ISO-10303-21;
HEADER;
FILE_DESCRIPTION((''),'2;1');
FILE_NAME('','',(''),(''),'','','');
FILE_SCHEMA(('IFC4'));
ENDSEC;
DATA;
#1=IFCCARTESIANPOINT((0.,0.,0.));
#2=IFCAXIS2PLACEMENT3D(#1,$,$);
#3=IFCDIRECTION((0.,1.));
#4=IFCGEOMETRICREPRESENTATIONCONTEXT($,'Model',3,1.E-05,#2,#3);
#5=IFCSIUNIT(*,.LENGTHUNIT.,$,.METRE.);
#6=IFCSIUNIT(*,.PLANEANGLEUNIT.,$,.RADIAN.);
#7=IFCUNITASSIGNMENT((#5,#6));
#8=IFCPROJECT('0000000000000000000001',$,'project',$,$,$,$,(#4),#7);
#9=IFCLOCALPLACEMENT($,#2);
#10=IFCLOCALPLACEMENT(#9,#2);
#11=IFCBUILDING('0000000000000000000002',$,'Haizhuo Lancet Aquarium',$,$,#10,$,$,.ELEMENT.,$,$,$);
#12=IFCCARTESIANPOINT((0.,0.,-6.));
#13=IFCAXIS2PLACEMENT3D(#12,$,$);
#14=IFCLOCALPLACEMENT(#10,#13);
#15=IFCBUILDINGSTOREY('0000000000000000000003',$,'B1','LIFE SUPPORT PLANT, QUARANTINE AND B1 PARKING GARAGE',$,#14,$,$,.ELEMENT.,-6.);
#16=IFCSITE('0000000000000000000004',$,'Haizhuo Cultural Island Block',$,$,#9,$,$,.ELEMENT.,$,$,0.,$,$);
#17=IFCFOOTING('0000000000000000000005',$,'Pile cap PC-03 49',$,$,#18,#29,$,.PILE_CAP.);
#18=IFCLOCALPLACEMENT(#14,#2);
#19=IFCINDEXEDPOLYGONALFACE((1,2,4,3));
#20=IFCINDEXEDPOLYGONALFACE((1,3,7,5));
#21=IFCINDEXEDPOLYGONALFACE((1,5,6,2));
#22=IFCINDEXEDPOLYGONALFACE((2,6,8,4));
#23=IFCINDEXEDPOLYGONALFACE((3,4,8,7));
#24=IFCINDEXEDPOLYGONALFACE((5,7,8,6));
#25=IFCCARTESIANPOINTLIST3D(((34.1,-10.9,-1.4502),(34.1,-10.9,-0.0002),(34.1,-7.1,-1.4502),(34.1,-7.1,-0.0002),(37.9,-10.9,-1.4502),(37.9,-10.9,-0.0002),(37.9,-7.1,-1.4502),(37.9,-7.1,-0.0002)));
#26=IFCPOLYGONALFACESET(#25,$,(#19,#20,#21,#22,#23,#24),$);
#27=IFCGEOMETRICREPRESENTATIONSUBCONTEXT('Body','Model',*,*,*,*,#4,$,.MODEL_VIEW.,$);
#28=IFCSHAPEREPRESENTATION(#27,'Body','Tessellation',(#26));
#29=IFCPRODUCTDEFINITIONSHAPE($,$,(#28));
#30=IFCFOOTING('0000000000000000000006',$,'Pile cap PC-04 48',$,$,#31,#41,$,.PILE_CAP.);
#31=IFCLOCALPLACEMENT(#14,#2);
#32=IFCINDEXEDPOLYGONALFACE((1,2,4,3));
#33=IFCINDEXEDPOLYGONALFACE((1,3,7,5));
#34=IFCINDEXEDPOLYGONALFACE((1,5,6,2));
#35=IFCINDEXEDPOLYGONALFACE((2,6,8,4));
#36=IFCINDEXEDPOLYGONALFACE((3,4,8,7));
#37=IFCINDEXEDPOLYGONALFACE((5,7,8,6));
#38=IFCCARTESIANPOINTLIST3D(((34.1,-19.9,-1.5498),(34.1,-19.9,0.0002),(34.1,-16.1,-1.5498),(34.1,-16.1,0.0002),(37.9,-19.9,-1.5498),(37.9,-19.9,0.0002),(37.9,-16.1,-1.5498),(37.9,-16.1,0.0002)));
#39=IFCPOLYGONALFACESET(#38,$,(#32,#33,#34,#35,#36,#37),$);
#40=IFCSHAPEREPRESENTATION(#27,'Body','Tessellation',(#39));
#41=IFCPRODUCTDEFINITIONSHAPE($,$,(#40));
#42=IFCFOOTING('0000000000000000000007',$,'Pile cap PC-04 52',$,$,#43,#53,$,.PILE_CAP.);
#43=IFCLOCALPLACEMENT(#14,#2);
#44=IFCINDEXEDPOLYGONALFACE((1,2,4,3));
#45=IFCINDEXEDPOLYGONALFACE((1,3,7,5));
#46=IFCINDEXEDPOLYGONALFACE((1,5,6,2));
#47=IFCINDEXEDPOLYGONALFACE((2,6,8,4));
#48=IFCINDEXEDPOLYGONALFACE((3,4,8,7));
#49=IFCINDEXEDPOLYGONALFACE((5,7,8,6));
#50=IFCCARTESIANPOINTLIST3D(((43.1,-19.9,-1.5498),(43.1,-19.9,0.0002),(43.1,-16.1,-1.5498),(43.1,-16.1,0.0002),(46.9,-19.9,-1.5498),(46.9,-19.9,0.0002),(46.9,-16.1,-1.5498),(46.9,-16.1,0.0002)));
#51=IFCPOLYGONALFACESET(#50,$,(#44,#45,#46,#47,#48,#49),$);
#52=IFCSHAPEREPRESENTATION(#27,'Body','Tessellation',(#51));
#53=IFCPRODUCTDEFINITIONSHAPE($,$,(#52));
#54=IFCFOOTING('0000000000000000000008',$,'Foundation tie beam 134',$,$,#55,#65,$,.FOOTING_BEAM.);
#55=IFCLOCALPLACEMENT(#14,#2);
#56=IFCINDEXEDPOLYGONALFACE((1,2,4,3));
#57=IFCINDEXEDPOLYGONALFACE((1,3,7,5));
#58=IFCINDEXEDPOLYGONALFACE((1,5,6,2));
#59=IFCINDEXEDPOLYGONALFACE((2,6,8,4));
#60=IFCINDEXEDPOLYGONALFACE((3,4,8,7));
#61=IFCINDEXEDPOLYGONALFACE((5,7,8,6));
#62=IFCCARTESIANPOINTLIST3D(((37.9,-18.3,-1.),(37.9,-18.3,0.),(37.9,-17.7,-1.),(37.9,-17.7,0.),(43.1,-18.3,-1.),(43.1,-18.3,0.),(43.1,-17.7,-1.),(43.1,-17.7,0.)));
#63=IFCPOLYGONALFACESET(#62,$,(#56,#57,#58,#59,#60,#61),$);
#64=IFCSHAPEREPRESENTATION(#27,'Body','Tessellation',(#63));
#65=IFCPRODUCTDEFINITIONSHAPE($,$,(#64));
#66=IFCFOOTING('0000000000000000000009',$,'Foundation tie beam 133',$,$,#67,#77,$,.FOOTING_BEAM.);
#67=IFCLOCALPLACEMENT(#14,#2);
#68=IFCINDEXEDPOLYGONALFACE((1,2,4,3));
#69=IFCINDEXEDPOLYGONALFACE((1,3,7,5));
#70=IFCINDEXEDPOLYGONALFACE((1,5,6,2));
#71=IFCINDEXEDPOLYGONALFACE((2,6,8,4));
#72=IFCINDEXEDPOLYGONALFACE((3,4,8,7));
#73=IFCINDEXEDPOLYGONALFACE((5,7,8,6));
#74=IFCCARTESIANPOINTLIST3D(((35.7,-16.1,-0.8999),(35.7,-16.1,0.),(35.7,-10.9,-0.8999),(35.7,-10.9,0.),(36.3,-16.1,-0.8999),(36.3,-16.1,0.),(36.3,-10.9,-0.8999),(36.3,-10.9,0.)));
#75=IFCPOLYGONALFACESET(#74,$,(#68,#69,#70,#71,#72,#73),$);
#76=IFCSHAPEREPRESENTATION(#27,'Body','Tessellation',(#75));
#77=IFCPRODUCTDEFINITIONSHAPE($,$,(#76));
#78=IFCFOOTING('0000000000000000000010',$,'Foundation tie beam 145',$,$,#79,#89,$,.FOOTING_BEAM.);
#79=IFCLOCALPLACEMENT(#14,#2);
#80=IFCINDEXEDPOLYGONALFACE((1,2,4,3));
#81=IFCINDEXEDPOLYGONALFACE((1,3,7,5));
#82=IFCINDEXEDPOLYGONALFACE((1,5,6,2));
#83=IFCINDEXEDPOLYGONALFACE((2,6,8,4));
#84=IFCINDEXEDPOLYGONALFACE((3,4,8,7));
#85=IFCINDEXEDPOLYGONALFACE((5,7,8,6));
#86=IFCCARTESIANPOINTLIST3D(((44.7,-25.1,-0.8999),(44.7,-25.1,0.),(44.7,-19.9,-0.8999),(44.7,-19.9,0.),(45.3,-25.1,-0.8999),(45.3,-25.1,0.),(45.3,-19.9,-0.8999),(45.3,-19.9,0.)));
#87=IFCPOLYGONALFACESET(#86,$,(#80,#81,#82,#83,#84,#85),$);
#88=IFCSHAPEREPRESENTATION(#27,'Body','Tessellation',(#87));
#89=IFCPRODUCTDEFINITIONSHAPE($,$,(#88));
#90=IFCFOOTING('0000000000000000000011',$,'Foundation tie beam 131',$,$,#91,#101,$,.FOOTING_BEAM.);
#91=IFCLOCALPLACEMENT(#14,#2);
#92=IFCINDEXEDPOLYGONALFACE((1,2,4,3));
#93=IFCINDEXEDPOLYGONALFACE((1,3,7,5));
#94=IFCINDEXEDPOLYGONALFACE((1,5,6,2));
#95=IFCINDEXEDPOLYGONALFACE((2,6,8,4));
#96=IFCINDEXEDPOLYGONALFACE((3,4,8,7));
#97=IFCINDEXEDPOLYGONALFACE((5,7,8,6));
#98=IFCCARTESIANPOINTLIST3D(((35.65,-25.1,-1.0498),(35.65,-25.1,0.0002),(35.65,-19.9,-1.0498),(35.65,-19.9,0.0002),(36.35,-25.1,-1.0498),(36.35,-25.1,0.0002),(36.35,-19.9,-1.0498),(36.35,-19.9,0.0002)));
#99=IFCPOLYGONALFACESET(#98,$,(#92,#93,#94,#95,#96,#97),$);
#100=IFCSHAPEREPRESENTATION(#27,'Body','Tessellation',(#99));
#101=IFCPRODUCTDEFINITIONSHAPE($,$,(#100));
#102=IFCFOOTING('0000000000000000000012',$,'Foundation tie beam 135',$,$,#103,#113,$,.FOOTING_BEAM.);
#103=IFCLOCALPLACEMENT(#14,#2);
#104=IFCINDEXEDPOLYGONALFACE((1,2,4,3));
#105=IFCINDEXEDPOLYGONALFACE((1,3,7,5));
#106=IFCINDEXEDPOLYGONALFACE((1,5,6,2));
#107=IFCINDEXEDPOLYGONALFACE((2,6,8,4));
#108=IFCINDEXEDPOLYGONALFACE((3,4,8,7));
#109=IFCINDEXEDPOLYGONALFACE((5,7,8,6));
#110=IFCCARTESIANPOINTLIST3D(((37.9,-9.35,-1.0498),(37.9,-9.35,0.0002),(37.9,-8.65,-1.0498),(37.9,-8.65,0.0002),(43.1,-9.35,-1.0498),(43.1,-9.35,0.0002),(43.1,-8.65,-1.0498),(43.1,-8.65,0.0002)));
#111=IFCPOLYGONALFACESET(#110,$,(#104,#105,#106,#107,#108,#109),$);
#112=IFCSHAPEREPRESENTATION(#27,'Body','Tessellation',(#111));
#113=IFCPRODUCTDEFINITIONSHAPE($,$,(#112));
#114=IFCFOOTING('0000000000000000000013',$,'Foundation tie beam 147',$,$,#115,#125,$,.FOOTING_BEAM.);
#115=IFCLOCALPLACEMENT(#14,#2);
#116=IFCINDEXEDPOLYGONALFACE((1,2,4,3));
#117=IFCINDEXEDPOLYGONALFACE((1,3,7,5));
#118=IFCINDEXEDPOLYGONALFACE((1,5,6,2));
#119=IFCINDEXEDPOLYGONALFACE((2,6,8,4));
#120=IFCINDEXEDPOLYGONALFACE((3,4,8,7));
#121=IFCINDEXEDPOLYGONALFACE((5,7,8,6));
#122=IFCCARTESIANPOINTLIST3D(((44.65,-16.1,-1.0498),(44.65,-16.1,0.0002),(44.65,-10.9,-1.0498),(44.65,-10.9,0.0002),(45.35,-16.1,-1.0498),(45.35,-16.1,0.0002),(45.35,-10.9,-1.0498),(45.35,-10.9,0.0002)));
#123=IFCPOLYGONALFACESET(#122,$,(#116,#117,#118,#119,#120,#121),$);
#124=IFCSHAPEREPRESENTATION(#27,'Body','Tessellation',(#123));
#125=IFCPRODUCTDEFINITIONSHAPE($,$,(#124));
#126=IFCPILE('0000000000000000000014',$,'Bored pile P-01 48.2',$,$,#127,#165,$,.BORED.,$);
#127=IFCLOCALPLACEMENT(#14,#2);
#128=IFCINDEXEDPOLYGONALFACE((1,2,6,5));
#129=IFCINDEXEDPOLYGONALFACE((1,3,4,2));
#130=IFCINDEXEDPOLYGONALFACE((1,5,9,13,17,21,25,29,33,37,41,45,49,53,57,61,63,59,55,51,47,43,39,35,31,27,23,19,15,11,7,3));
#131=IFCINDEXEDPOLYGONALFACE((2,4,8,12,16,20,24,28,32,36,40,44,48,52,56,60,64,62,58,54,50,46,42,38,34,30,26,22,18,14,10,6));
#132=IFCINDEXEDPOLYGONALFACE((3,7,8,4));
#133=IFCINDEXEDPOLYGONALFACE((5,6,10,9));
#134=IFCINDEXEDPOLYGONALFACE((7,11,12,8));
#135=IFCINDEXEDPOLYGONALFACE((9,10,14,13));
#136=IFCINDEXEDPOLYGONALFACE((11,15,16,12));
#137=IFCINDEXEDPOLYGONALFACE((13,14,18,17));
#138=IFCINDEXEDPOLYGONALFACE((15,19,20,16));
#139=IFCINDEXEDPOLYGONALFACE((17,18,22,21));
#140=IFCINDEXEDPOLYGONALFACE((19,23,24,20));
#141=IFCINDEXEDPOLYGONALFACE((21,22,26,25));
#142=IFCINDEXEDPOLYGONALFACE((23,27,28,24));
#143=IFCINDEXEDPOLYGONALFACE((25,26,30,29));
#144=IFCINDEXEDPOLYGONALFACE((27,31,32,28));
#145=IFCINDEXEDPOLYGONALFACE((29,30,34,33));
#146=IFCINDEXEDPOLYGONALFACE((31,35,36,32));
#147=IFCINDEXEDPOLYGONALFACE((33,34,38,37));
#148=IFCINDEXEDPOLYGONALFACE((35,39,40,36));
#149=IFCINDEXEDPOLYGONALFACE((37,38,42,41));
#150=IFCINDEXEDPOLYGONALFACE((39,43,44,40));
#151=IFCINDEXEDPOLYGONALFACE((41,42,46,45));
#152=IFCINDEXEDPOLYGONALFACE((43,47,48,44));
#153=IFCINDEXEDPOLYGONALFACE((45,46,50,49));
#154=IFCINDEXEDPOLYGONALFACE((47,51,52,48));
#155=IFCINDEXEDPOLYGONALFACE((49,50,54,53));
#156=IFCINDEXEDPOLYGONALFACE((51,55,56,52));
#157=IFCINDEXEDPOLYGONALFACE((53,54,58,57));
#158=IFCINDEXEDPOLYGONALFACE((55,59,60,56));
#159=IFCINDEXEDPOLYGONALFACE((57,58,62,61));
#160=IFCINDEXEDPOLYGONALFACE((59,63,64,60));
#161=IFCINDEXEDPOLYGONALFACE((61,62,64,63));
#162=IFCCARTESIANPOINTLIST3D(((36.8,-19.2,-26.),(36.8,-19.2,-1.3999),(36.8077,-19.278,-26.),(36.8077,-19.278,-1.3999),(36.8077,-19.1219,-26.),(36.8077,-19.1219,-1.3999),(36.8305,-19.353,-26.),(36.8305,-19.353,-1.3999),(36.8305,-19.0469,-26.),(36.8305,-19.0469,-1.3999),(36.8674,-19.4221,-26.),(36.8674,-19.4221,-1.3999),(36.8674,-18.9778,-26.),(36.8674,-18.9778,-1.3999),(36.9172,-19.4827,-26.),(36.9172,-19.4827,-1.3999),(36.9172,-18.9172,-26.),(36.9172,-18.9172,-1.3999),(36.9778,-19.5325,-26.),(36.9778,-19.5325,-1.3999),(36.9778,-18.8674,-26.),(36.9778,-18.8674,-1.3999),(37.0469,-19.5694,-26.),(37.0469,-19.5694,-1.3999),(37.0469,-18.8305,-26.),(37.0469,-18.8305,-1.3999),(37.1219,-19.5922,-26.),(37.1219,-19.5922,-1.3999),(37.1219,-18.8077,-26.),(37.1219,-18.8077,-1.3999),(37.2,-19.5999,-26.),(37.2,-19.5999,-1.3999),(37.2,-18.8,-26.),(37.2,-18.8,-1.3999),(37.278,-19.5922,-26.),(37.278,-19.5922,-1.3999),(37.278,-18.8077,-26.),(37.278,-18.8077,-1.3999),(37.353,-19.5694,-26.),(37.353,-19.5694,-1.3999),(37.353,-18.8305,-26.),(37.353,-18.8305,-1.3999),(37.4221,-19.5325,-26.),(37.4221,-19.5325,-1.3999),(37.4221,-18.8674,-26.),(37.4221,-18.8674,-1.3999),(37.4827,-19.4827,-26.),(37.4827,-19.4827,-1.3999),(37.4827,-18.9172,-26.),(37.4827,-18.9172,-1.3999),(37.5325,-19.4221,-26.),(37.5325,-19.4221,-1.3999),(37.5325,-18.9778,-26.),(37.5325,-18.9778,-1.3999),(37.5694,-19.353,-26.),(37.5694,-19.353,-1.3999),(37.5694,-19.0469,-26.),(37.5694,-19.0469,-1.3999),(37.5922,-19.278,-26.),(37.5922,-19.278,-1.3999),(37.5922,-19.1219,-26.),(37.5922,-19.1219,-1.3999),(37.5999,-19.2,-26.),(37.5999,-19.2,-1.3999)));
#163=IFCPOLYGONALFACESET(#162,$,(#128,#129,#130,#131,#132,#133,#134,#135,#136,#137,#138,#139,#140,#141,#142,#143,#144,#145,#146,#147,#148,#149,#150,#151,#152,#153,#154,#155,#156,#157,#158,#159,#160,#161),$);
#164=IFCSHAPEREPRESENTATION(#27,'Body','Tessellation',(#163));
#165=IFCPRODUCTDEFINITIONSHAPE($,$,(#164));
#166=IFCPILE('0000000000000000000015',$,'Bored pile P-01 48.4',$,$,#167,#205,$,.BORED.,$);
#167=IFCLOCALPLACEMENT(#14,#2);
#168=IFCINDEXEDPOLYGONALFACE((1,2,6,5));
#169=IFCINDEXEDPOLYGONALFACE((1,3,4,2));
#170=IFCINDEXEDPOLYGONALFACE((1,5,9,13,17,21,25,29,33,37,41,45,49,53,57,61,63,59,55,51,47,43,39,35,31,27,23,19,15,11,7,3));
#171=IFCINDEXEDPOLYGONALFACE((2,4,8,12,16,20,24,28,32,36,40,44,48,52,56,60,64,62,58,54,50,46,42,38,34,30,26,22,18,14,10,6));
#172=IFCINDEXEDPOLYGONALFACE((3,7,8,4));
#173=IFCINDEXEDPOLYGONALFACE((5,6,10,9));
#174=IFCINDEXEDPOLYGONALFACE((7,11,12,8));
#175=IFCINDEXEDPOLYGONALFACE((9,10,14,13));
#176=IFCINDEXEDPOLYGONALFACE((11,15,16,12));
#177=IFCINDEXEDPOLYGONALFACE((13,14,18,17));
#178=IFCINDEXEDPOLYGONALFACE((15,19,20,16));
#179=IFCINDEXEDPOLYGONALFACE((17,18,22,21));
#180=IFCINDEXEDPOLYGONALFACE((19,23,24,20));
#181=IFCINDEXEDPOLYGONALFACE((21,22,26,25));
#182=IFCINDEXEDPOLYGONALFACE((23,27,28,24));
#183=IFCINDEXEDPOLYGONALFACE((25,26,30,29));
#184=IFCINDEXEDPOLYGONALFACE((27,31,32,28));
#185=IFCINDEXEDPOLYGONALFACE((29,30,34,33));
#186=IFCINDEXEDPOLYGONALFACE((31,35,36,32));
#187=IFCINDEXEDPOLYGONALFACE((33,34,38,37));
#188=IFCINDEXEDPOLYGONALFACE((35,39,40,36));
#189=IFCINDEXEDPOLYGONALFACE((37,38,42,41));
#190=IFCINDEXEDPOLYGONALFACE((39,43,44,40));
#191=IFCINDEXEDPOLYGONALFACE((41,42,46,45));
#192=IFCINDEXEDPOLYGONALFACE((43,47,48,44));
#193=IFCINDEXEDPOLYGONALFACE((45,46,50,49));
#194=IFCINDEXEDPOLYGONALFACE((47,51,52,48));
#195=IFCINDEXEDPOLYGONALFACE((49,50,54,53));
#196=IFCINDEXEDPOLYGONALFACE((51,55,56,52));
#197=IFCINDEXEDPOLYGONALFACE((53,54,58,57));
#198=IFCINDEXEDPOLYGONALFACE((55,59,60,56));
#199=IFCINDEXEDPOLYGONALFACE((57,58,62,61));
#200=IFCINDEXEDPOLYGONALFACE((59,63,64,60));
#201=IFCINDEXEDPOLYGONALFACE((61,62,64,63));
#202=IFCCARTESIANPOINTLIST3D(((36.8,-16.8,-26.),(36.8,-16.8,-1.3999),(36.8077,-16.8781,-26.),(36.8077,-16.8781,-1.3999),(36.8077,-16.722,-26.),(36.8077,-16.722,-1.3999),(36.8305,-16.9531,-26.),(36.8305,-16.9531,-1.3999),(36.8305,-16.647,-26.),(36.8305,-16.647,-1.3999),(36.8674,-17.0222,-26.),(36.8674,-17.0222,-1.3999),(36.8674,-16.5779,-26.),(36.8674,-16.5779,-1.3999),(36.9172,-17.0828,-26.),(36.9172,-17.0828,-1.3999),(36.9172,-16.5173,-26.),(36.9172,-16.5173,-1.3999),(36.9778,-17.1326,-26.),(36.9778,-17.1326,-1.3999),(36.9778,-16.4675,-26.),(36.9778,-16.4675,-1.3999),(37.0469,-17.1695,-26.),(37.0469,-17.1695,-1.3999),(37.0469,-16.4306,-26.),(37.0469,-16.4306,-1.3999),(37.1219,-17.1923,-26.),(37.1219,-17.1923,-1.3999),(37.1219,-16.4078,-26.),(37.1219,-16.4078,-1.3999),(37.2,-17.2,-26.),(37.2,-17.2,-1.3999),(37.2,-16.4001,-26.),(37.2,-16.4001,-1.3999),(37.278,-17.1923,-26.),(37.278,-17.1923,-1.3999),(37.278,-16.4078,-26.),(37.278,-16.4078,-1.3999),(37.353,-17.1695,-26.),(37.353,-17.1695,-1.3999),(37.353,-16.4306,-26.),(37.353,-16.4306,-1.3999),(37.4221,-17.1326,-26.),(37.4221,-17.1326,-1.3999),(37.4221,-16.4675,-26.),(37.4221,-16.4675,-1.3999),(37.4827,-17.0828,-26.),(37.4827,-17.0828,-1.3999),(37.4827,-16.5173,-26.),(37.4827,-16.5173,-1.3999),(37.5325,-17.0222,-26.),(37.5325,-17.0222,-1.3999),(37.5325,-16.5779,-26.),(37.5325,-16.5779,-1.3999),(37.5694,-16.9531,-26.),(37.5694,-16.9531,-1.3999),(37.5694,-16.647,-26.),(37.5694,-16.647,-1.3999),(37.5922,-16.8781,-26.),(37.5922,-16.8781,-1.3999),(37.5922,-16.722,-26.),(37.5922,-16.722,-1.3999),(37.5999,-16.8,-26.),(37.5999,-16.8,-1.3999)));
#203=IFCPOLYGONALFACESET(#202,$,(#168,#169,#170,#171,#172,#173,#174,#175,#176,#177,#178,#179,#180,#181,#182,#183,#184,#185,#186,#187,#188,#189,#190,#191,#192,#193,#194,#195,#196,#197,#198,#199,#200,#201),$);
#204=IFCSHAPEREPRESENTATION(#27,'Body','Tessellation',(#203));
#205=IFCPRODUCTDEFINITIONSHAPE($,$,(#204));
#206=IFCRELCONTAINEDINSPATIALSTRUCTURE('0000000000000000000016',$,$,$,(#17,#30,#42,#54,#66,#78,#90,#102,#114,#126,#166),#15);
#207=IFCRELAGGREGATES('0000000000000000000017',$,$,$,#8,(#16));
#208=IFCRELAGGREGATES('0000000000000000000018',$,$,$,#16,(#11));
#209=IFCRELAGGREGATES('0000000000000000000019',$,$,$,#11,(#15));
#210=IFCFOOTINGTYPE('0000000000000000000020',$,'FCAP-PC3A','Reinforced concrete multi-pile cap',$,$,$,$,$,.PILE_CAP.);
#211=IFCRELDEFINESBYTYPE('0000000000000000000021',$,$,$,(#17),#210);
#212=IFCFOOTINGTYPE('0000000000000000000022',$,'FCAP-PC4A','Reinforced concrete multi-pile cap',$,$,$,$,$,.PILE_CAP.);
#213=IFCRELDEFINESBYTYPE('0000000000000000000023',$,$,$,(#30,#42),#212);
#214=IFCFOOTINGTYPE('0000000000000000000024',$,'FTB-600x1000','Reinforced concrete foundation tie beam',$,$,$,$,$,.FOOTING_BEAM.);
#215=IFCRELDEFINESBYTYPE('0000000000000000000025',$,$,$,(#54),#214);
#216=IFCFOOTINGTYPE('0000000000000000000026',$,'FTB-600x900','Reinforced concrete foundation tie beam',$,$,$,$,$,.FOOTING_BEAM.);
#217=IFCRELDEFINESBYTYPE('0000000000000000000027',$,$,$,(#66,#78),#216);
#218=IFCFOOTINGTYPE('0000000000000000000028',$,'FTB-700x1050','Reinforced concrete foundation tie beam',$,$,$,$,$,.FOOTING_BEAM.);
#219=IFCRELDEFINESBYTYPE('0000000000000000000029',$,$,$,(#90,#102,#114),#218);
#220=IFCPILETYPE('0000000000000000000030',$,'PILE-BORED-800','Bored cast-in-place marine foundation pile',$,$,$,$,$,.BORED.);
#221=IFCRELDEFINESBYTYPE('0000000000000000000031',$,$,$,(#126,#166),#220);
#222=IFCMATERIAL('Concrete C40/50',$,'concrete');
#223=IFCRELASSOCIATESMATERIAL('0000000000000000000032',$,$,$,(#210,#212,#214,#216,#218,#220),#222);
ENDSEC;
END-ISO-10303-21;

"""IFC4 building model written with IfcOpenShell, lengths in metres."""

from ifc_helpers import new_model, si_unit, direction, frame, origin, origin_2d, place, context, subcontext, project, spatial, rectangle, circle, extrude, material, material_profile, profile_set, type_object, element, save


model = new_model("IFC4")

# Units and contexts
model_context = context("Model", 3, precision=1e-05, world=origin(), true_north=direction((0.0, 1.0)))
body_context = subcontext(model_context, "Body", "Model", "MODEL_VIEW")
ifc_project = project(units=[si_unit("LENGTHUNIT", "METRE"), si_unit("PLANEANGLEUNIT", "RADIAN")], contexts=[model_context])

# Site, building, storey
site_placement = place(None, origin())
site = spatial("IfcSite", under=ifc_project, at=site_placement, Name="Haizhuo Cultural Island Block", CompositionType="ELEMENT", RefElevation=0.0)
building_placement = place(site_placement, origin())
building = spatial("IfcBuilding", under=site, at=building_placement, Name="Haizhuo Lancet Aquarium", CompositionType="ELEMENT")
storey_placement = place(building_placement, frame((0.0, 0.0, -6.0)))
storey = spatial("IfcBuildingStorey", under=building, at=storey_placement, Name="B1", Description="LIFE SUPPORT PLANT, QUARANTINE AND B1 PARKING GARAGE", CompositionType="ELEMENT", Elevation=-6.0)

# Footings
ifc_material_1 = material(Name="Concrete C40/50", Category="concrete")
footing_type_1 = type_object("IfcFootingType", Name="FCAP-PC3A", Description="Reinforced concrete multi-pile cap", PredefinedType="PILE_CAP", material=ifc_material_1)
footing_1_placement = place(storey_placement, frame((36.0, -9.0, -1.4502), z_axis=(0.0, 0.0, 1.0), x_axis=(1.0, 0.0, 0.0)))
element("IfcFooting", 1, at=footing_1_placement, inside=storey, type_object=footing_type_1, Name="Pile cap PC-03 49", PredefinedType="PILE_CAP", context=body_context, shape_type="SweptSolid", body=[
    extrude(rectangle(XDim=3.8, YDim=3.8, at=origin_2d()), origin(), (0.0, 0.0, 1.0), 1.45),
])
footing_type_2 = type_object("IfcFootingType", Name="FCAP-PC4A", Description="Reinforced concrete multi-pile cap", PredefinedType="PILE_CAP", material=ifc_material_1)
for number, where, z_axis, x_axis, name in (
    (2, (36.0, -18.0, -1.5498), (0.0, 0.0, 1.0), (1.0, 0.0, 0.0), "Pile cap PC-04 48"),
    (3, (45.0, -18.0, -1.5498), (0.0, 0.0, 1.0), (1.0, 0.0, 0.0), "Pile cap PC-04 52"),
):
    element("IfcFooting", number, at=place(storey_placement, frame(where, z_axis=z_axis, x_axis=x_axis)), inside=storey, type_object=footing_type_2, Name=name, PredefinedType="PILE_CAP", context=body_context, shape_type="SweptSolid", body=[
        extrude(rectangle(XDim=3.8, YDim=3.8, at=origin_2d()), origin(), (0.0, 0.0, 1.0), 1.55),
    ])
footing_type_3 = type_object("IfcFootingType", Name="FTB-600x1000", Description="Reinforced concrete foundation tie beam", PredefinedType="FOOTING_BEAM", material=ifc_material_1)
footing_2_placement = place(storey_placement, frame((40.5, -18.0, -1.0), z_axis=(0.0, 0.0, 1.0), x_axis=(1.0, 0.0, 0.0)))
element("IfcFooting", 4, at=footing_2_placement, inside=storey, type_object=footing_type_3, Name="Foundation tie beam 134", PredefinedType="FOOTING_BEAM", context=body_context, shape_type="SweptSolid", body=[
    extrude(rectangle(XDim=5.2, YDim=0.6001, at=origin_2d()), origin(), (0.0, 0.0, 1.0), 1.0),
])
footing_type_4 = type_object("IfcFootingType", Name="FTB-600x900", Description="Reinforced concrete foundation tie beam", PredefinedType="FOOTING_BEAM", material=ifc_material_1)
for number, where, z_axis, x_axis, name in (
    (5, (36.0, -13.5, -0.8999), (0.0, 0.0, 1.0), (0.0, 1.0, 0.0), "Foundation tie beam 133"),
    (6, (45.0, -22.5, -0.8999), (0.0, 0.0, 1.0), (0.0, 1.0, 0.0), "Foundation tie beam 145"),
):
    element("IfcFooting", number, at=place(storey_placement, frame(where, z_axis=z_axis, x_axis=x_axis)), inside=storey, type_object=footing_type_4, Name=name, PredefinedType="FOOTING_BEAM", context=body_context, shape_type="SweptSolid", body=[
        extrude(rectangle(XDim=5.2, YDim=0.6001, at=origin_2d()), origin(), (0.0, 0.0, 1.0), 0.8999),
    ])
footing_type_5 = type_object("IfcFootingType", Name="FTB-700x1050", Description="Reinforced concrete foundation tie beam", PredefinedType="FOOTING_BEAM", material=ifc_material_1)
for number, where, z_axis, x_axis, name in (
    (7, (36.0, -22.5, -1.0498), (0.0, 0.0, 1.0), (0.0, 1.0, 0.0), "Foundation tie beam 131"),
    (8, (40.5, -9.0, -1.0498), (0.0, 0.0, 1.0), (1.0, 0.0, 0.0), "Foundation tie beam 135"),
    (9, (45.0, -13.5, -1.0498), (0.0, 0.0, 1.0), (0.0, 1.0, 0.0), "Foundation tie beam 147"),
):
    element("IfcFooting", number, at=place(storey_placement, frame(where, z_axis=z_axis, x_axis=x_axis)), inside=storey, type_object=footing_type_5, Name=name, PredefinedType="FOOTING_BEAM", context=body_context, shape_type="SweptSolid", body=[
        extrude(rectangle(XDim=5.2, YDim=0.7, at=origin_2d()), origin(), (0.0, 0.0, 1.0), 1.05),
    ])

# Piles
ifc_material_profile_1 = material_profile(ifc_material_1, circle(Radius=0.3999, at=origin_2d()), Name="PILE-800")
ifc_profile_set_1 = profile_set([ifc_material_profile_1], Name="Concrete C40/50")
pile_type = type_object("IfcPileType", Name="PILE-BORED-800", Description="Bored cast-in-place marine foundation pile", PredefinedType="BORED", material=ifc_profile_set_1)
for number, where, z_axis, x_axis, name in (
    (10, (37.2, -19.2, -1.3999), (0.0, 0.0, -1.0), (1.0, 0.0, 0.0), "Bored pile P-01 48.2"),
    (11, (37.2, -16.8, -1.3999), (0.0, 0.0, -1.0), (1.0, 0.0, 0.0), "Bored pile P-01 48.4"),
):
    element("IfcPile", number, at=place(storey_placement, frame(where, z_axis=z_axis, x_axis=x_axis)), inside=storey, type_object=pile_type, Name=name, PredefinedType="BORED", context=body_context, shape_type="SweptSolid", body=[
        extrude(circle(Radius=0.3999, at=origin_2d()), origin(), (0.0, 0.0, 1.0), 24.6001),
    ])

save(model, "model.ifc")
